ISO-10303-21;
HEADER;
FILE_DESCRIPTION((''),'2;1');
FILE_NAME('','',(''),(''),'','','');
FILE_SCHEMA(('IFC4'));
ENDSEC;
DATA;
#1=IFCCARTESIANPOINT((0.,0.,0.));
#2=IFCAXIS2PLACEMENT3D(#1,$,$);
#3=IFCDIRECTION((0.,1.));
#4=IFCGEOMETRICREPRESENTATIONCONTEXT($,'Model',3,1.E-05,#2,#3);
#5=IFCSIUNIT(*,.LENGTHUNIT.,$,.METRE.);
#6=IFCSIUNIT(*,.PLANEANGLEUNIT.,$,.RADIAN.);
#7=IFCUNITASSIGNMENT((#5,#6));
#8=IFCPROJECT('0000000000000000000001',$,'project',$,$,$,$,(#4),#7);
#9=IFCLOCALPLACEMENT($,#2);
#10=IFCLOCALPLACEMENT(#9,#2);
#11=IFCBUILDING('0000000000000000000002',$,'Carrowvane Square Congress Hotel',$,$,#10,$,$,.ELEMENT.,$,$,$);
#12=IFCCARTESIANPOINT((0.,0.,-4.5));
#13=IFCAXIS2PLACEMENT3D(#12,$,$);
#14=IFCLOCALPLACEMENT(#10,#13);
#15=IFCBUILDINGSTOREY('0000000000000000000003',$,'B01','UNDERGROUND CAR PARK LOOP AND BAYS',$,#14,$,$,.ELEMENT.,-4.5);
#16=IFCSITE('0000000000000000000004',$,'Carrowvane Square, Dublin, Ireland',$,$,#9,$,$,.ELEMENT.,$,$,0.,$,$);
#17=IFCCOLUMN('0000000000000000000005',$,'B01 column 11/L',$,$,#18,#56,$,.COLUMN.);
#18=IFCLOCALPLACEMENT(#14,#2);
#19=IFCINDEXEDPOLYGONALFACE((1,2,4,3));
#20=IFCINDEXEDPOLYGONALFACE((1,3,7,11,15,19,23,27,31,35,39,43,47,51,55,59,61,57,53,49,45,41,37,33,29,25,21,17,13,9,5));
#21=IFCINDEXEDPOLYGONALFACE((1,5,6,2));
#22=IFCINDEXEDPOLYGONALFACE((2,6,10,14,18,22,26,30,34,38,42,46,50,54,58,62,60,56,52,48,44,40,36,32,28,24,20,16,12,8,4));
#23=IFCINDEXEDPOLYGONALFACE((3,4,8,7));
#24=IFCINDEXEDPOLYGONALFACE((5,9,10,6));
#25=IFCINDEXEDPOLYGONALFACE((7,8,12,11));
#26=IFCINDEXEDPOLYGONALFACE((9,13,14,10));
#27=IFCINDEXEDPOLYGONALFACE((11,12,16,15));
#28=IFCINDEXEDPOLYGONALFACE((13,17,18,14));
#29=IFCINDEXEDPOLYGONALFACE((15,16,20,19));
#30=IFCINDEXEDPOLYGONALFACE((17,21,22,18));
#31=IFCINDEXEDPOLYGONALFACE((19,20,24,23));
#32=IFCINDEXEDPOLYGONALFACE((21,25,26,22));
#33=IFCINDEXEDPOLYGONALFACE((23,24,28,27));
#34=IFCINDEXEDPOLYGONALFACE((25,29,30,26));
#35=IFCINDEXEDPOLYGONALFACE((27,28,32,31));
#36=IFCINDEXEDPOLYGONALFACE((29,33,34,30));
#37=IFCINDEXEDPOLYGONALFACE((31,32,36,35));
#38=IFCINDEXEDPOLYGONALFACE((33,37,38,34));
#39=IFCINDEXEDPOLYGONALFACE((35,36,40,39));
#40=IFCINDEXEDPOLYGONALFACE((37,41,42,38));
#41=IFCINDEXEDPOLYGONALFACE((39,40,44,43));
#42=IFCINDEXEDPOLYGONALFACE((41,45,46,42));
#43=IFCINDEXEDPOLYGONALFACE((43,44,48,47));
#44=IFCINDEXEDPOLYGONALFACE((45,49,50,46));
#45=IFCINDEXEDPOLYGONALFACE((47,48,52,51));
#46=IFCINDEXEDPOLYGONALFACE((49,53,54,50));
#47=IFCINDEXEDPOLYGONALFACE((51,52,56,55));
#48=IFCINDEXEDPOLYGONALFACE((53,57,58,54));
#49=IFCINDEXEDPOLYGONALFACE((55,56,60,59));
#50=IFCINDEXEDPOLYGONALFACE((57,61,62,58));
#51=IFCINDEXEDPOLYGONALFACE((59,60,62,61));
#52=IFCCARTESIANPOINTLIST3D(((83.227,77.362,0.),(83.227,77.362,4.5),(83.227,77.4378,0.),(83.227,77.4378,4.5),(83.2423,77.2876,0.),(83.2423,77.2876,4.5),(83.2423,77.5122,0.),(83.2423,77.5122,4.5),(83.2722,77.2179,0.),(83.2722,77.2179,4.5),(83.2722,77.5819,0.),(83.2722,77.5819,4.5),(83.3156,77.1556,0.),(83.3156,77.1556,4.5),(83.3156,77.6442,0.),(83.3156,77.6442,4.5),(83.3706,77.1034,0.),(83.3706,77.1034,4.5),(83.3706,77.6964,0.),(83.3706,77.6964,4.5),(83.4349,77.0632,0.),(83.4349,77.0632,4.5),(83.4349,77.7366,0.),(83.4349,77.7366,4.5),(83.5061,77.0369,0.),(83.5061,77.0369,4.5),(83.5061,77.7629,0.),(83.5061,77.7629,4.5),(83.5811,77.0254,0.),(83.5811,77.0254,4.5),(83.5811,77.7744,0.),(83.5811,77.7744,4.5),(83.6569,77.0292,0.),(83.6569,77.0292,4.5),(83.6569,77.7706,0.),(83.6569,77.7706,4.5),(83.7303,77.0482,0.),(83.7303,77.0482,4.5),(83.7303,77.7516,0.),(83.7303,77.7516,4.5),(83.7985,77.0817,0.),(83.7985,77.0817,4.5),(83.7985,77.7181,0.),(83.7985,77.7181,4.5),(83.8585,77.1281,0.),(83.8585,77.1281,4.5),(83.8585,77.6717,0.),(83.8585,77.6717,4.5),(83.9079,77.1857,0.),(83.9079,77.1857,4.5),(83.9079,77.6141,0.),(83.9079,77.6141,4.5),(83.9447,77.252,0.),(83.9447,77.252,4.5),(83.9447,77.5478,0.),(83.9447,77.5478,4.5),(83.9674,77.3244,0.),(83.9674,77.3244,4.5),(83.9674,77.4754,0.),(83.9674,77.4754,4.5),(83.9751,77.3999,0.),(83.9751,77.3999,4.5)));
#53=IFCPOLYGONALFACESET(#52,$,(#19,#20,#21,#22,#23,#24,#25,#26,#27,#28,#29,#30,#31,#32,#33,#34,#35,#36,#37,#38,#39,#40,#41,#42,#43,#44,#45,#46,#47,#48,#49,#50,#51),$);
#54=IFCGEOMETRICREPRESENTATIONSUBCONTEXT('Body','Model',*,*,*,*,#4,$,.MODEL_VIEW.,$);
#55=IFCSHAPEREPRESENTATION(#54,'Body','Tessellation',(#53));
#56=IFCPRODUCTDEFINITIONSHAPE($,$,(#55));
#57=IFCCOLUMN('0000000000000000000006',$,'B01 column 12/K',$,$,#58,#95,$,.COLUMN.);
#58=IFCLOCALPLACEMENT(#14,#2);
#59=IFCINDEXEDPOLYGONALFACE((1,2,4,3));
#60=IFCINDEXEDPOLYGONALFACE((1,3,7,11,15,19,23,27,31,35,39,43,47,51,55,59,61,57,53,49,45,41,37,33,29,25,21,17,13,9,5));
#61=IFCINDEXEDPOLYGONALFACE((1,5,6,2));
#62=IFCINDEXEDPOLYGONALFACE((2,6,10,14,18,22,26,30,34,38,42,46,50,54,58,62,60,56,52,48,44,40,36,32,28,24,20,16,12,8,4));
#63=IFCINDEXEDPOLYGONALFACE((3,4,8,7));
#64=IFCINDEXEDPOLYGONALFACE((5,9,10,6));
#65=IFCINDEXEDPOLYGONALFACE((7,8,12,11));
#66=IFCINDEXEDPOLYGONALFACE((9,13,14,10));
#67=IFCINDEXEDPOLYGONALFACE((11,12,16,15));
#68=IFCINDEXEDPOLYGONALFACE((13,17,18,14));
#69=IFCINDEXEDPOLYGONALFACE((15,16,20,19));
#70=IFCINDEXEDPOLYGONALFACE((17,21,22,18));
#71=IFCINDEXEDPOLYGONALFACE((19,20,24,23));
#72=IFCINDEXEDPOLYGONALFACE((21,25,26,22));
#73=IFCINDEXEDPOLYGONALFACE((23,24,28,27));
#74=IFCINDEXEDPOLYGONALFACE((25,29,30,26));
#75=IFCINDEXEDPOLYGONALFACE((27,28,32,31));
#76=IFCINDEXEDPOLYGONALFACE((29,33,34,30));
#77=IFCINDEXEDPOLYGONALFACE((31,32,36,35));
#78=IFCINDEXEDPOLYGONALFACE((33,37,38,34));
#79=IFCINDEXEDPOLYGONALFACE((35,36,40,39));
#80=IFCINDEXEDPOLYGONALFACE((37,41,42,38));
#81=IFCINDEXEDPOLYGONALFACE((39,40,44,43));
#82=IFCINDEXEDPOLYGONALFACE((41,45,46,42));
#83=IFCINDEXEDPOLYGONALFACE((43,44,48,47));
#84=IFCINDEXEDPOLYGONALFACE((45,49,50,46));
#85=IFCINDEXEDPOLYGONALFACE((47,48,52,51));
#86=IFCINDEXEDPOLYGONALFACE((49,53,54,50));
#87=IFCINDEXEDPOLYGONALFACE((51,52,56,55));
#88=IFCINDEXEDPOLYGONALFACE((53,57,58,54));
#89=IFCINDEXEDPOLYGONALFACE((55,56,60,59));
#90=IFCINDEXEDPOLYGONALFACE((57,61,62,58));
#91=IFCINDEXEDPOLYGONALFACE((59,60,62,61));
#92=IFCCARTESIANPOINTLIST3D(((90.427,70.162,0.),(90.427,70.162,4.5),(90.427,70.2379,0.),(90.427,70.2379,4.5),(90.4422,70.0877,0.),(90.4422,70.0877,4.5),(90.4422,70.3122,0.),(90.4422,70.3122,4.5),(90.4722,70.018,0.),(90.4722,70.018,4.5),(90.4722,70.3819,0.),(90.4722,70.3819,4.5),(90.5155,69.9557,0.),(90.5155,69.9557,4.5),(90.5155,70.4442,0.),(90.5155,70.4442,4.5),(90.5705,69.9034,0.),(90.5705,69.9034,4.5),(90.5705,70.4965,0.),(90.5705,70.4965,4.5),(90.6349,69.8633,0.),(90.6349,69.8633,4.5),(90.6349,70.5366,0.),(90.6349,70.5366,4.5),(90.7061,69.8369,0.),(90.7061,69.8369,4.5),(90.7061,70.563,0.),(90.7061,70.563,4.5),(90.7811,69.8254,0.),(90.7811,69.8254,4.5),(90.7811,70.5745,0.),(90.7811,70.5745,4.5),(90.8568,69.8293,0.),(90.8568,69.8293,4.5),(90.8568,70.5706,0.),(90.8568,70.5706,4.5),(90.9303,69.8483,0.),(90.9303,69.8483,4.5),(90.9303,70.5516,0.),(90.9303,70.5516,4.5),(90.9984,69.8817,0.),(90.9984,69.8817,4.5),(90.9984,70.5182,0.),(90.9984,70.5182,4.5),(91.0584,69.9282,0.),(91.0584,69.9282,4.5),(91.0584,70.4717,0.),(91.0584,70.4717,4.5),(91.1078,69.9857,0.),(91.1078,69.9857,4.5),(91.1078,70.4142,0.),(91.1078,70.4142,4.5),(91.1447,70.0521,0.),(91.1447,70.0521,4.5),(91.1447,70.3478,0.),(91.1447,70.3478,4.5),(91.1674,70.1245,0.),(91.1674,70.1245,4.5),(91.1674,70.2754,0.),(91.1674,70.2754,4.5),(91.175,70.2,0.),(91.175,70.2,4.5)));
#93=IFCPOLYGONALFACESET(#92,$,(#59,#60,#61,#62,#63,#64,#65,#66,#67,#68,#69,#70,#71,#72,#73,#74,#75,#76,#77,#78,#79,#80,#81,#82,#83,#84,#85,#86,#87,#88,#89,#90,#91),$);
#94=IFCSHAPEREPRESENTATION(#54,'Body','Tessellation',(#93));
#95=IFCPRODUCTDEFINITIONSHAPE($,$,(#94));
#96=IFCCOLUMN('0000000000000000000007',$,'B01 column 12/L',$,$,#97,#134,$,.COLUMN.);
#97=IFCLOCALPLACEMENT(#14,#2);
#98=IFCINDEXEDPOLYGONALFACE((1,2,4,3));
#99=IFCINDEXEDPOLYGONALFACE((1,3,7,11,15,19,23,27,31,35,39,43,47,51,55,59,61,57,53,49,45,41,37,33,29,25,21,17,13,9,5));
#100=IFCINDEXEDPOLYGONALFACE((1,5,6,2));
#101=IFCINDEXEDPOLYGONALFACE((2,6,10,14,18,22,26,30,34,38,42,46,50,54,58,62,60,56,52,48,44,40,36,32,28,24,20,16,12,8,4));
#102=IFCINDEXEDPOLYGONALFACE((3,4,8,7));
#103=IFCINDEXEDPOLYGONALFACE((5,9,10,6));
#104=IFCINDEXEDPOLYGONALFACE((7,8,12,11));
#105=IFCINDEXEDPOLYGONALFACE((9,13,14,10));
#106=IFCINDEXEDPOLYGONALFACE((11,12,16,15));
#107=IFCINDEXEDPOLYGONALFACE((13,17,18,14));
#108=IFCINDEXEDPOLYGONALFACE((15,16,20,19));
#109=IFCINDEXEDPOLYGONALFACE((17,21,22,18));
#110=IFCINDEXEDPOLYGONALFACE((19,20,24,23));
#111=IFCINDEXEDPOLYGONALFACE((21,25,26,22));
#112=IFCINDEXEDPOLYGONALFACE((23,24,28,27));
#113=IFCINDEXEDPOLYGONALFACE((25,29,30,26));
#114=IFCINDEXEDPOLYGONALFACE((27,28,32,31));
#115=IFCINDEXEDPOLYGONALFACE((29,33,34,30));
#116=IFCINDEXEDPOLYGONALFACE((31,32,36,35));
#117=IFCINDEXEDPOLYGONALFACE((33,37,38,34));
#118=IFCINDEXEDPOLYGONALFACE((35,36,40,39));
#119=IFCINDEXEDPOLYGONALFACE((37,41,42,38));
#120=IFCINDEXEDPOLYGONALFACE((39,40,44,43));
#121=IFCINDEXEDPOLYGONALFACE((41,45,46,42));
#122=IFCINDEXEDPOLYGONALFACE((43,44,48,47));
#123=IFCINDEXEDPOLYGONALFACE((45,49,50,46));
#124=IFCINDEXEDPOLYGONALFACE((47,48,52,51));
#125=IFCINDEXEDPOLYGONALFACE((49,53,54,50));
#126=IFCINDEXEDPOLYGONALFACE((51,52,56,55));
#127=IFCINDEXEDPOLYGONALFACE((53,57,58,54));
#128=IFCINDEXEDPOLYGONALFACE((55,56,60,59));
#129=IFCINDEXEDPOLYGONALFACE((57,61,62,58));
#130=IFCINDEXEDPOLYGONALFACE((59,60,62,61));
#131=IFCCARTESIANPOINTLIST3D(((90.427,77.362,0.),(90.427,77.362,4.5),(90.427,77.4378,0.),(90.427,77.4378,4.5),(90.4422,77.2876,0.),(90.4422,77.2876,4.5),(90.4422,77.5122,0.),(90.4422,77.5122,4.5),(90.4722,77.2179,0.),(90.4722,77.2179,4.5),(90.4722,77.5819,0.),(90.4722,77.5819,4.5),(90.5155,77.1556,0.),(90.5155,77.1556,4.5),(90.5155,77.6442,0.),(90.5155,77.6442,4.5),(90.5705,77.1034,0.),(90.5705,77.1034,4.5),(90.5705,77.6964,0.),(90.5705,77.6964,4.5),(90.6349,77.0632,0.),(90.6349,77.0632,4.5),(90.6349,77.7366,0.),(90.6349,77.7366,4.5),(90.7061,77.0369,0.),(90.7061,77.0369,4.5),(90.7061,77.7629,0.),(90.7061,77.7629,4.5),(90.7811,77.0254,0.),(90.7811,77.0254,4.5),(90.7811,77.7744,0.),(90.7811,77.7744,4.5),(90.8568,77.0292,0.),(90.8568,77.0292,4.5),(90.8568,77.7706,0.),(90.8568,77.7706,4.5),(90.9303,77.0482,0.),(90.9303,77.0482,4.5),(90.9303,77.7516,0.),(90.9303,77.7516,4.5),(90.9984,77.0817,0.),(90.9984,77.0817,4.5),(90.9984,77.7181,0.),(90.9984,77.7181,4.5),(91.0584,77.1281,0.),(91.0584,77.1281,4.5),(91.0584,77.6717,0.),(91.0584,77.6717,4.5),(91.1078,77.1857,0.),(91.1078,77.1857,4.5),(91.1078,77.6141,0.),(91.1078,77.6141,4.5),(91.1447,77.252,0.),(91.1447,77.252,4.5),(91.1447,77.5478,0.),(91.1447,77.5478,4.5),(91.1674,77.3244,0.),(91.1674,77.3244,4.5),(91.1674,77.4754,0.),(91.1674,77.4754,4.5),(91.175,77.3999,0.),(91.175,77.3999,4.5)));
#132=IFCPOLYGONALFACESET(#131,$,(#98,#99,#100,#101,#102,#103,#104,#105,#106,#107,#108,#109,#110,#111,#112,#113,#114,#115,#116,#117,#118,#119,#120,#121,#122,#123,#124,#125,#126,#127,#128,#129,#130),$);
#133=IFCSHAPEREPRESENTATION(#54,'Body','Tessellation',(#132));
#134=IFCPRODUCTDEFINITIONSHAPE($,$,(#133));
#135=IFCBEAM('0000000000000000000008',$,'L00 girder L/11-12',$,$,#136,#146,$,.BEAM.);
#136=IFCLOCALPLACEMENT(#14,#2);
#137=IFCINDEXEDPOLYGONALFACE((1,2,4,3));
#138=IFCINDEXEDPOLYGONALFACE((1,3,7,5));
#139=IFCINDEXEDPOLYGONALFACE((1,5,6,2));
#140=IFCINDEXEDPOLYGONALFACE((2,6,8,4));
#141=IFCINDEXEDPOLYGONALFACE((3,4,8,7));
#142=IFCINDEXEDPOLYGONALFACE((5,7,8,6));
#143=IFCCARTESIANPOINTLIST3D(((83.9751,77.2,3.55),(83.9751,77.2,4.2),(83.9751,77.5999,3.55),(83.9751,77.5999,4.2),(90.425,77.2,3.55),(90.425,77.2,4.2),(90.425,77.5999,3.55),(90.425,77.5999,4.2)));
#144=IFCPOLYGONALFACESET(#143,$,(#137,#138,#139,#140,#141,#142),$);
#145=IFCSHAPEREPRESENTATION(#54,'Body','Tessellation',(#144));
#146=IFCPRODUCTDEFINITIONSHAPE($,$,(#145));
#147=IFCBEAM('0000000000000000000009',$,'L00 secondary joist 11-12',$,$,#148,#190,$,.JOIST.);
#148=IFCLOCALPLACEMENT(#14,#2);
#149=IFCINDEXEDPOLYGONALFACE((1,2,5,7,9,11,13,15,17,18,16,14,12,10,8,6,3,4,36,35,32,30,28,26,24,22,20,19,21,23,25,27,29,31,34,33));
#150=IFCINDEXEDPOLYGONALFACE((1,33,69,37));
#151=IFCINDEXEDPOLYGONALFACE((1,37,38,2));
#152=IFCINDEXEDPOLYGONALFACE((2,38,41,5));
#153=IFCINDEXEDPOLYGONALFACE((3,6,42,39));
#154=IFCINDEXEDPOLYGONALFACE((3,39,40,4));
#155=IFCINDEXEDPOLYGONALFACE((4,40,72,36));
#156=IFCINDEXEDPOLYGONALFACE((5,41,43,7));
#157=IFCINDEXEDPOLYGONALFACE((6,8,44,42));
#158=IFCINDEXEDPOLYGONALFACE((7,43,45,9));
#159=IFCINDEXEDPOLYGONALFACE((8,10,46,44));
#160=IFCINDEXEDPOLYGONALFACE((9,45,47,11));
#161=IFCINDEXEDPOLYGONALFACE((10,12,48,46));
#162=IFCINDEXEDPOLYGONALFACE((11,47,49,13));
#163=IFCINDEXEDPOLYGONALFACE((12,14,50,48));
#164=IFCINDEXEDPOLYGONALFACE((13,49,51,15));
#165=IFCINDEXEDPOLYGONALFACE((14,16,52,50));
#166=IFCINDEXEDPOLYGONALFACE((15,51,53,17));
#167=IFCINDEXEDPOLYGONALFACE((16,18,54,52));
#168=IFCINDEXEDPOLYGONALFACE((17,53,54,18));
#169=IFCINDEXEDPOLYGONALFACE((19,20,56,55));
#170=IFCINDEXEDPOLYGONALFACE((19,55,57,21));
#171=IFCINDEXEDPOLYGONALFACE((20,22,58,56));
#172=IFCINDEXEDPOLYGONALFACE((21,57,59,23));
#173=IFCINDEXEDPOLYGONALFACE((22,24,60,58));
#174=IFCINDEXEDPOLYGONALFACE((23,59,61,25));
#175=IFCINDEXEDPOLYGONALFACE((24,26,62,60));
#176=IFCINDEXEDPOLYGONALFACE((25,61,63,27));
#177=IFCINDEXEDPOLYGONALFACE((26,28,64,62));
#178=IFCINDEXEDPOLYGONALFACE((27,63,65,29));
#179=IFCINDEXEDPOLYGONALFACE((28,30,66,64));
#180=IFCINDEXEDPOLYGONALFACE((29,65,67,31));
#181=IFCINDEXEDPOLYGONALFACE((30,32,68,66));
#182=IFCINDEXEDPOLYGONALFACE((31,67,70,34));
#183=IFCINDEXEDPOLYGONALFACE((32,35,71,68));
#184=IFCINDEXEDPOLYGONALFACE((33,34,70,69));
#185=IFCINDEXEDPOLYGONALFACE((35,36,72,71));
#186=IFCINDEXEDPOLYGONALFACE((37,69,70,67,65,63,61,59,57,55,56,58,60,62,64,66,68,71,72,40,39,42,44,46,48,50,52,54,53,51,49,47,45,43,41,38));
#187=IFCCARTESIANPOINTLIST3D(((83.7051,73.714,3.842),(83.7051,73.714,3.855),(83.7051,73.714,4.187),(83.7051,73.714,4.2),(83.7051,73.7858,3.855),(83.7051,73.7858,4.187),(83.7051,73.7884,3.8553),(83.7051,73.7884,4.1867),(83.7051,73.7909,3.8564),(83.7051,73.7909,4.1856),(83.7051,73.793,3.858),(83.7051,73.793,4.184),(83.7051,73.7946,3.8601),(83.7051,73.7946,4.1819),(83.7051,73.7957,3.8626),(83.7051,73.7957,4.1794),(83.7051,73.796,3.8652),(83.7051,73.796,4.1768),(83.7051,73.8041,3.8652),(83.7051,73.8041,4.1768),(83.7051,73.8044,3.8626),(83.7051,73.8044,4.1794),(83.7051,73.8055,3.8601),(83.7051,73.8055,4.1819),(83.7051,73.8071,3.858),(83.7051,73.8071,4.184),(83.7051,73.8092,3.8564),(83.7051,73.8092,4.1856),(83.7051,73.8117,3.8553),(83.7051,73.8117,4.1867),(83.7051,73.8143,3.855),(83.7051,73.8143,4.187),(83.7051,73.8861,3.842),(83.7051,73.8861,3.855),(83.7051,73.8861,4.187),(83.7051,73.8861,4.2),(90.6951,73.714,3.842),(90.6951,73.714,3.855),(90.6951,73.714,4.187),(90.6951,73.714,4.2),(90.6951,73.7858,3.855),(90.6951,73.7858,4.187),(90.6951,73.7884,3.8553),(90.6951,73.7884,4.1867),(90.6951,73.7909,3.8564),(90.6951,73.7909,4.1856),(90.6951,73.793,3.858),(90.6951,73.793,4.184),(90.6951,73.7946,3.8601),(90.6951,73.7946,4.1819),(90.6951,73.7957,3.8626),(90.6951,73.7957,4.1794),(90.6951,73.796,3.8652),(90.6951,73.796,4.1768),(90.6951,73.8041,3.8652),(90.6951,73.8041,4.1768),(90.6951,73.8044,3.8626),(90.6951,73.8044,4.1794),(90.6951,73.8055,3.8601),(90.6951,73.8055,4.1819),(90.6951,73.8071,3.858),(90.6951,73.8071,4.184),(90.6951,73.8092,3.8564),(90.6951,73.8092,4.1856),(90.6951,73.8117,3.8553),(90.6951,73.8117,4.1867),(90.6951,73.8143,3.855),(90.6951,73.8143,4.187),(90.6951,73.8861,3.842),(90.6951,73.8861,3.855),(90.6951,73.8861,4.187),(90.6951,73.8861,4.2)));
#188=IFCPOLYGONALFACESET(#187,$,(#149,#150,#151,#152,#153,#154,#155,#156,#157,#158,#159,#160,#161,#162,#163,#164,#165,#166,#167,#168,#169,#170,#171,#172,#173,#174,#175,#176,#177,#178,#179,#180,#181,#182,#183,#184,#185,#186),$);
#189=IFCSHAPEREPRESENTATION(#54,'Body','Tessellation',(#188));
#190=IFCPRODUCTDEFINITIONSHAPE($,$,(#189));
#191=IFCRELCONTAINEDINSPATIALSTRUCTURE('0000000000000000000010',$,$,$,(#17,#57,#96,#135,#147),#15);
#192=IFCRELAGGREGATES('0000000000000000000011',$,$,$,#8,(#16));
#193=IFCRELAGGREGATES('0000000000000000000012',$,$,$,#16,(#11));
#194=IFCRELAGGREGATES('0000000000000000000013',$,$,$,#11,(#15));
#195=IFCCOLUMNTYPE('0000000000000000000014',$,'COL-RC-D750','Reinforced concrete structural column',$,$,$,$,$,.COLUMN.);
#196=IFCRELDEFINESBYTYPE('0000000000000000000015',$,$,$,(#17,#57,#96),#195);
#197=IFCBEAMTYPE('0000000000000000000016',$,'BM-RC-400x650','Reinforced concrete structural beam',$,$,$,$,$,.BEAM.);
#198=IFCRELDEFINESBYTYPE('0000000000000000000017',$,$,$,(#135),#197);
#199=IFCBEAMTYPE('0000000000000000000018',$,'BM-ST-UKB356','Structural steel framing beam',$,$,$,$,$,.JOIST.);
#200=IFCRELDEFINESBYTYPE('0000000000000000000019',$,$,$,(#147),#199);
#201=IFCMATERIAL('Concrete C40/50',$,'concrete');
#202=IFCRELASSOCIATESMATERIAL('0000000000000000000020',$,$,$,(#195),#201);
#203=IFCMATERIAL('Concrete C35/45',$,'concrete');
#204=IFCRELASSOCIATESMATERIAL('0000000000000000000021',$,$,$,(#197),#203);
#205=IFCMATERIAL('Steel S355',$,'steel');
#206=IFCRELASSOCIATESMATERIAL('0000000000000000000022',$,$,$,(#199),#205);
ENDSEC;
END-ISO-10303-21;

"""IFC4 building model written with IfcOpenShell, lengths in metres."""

from ifc_helpers import new_model, si_unit, direction, frame, origin, origin_2d, place, context, subcontext, project, spatial, rectangle, circle, i_section, extrude, material, material_profile, profile_set, type_object, element, save


model = new_model("IFC4")

# Units and contexts
model_context = context("Model", 3, precision=1e-05, world=origin(), true_north=direction((0.0, 1.0)))
body_context = subcontext(model_context, "Body", "Model", "MODEL_VIEW")
ifc_project = project(units=[si_unit("LENGTHUNIT", "METRE"), si_unit("PLANEANGLEUNIT", "RADIAN")], contexts=[model_context])

# Site, building, storey
site_placement = place(None, origin())
site = spatial("IfcSite", under=ifc_project, at=site_placement, Name="Carrowvane Square, Dublin, Ireland", CompositionType="ELEMENT", RefElevation=0.0)
building_placement = place(site_placement, origin())
building = spatial("IfcBuilding", under=site, at=building_placement, Name="Carrowvane Square Congress Hotel", CompositionType="ELEMENT")
storey_placement = place(building_placement, frame((0.0, 0.0, -4.5)))
storey = spatial("IfcBuildingStorey", under=building, at=storey_placement, Name="B01", Description="UNDERGROUND CAR PARK LOOP AND BAYS", CompositionType="ELEMENT", Elevation=-4.5)

# Columns
ifc_material_1 = material(Name="Concrete C40/50", Category="concrete")
ifc_material_profile_1 = material_profile(ifc_material_1, circle(Radius=0.375, at=origin_2d()), Name="RC D750")
ifc_profile_set_1 = profile_set([ifc_material_profile_1], Name="Concrete C40/50")
column_type = type_object("IfcColumnType", Name="COL-RC-D750", Description="Reinforced concrete structural column", PredefinedType="COLUMN", material=ifc_profile_set_1)
for number, where, z_axis, x_axis, name in (
    (1, (83.6001, 77.3999, 0.0), (0.0, 0.0, 1.0), (1.0, 0.0, 0.0), "B01 column 11/L"),
    (2, (90.8, 70.2, 0.0), (0.0, 0.0, 1.0), (1.0, 0.0, 0.0), "B01 column 12/K"),
    (3, (90.8, 77.3999, 0.0), (0.0, 0.0, 1.0), (1.0, 0.0, 0.0), "B01 column 12/L"),
):
    element("IfcColumn", number, at=place(storey_placement, frame(where, z_axis=z_axis, x_axis=x_axis)), inside=storey, type_object=column_type, Name=name, PredefinedType="COLUMN", context=body_context, shape_type="SweptSolid", body=[
        extrude(circle(Radius=0.375, at=origin_2d()), origin(), (0.0, 0.0, 1.0), 4.5),
    ])

# Beams
ifc_material_2 = material(Name="Concrete C35/45", Category="concrete")
ifc_material_profile_2 = material_profile(ifc_material_2, rectangle(XDim=0.3999, YDim=0.6499, at=origin_2d()), Name="RC 400x650")
ifc_profile_set_2 = profile_set([ifc_material_profile_2], Name="Concrete C35/45")
beam_type_1 = type_object("IfcBeamType", Name="BM-RC-400x650", Description="Reinforced concrete structural beam", PredefinedType="BEAM", material=ifc_profile_set_2)
beam_1_placement = place(storey_placement, frame((83.9751, 77.3999, 3.875), z_axis=(1.0, 0.0, 0.0), x_axis=(0.0, 1.0, 0.0)))
element("IfcBeam", 4, at=beam_1_placement, inside=storey, type_object=beam_type_1, Name="L00 girder L/11-12", PredefinedType="BEAM", context=body_context, shape_type="SweptSolid", body=[
    extrude(rectangle(XDim=0.3999, YDim=0.6499, at=origin_2d()), origin(), (0.0, 0.0, 1.0), 6.45),
])
ifc_material_3 = material(Name="Steel S355", Category="steel")
ifc_material_profile_3 = material_profile(ifc_material_3, i_section(OverallWidth=0.1721, OverallDepth=0.3579, WebThickness=0.0081, FlangeThickness=0.0129, FilletRadius=0.0103, at=origin_2d()), Name="UKB 356x171x57")
ifc_profile_set_3 = profile_set([ifc_material_profile_3], Name="Steel S355")
beam_type_2 = type_object("IfcBeamType", Name="BM-ST-UKB356", Description="Structural steel framing beam", PredefinedType="JOIST", material=ifc_profile_set_3)
beam_2_placement = place(storey_placement, frame((83.7051, 73.8, 4.021), z_axis=(1.0, 0.0, 0.0), x_axis=(0.0, 1.0, 0.0)))
element("IfcBeam", 5, at=beam_2_placement, inside=storey, type_object=beam_type_2, Name="L00 secondary joist 11-12", PredefinedType="JOIST", context=body_context, shape_type="SweptSolid", body=[
    extrude(i_section(OverallWidth=0.1721, OverallDepth=0.3579, WebThickness=0.0081, FlangeThickness=0.0129, FilletRadius=0.0103, at=origin_2d()), origin(), (0.0, 0.0, 1.0), 6.99),
])

save(model, "model.ifc")
